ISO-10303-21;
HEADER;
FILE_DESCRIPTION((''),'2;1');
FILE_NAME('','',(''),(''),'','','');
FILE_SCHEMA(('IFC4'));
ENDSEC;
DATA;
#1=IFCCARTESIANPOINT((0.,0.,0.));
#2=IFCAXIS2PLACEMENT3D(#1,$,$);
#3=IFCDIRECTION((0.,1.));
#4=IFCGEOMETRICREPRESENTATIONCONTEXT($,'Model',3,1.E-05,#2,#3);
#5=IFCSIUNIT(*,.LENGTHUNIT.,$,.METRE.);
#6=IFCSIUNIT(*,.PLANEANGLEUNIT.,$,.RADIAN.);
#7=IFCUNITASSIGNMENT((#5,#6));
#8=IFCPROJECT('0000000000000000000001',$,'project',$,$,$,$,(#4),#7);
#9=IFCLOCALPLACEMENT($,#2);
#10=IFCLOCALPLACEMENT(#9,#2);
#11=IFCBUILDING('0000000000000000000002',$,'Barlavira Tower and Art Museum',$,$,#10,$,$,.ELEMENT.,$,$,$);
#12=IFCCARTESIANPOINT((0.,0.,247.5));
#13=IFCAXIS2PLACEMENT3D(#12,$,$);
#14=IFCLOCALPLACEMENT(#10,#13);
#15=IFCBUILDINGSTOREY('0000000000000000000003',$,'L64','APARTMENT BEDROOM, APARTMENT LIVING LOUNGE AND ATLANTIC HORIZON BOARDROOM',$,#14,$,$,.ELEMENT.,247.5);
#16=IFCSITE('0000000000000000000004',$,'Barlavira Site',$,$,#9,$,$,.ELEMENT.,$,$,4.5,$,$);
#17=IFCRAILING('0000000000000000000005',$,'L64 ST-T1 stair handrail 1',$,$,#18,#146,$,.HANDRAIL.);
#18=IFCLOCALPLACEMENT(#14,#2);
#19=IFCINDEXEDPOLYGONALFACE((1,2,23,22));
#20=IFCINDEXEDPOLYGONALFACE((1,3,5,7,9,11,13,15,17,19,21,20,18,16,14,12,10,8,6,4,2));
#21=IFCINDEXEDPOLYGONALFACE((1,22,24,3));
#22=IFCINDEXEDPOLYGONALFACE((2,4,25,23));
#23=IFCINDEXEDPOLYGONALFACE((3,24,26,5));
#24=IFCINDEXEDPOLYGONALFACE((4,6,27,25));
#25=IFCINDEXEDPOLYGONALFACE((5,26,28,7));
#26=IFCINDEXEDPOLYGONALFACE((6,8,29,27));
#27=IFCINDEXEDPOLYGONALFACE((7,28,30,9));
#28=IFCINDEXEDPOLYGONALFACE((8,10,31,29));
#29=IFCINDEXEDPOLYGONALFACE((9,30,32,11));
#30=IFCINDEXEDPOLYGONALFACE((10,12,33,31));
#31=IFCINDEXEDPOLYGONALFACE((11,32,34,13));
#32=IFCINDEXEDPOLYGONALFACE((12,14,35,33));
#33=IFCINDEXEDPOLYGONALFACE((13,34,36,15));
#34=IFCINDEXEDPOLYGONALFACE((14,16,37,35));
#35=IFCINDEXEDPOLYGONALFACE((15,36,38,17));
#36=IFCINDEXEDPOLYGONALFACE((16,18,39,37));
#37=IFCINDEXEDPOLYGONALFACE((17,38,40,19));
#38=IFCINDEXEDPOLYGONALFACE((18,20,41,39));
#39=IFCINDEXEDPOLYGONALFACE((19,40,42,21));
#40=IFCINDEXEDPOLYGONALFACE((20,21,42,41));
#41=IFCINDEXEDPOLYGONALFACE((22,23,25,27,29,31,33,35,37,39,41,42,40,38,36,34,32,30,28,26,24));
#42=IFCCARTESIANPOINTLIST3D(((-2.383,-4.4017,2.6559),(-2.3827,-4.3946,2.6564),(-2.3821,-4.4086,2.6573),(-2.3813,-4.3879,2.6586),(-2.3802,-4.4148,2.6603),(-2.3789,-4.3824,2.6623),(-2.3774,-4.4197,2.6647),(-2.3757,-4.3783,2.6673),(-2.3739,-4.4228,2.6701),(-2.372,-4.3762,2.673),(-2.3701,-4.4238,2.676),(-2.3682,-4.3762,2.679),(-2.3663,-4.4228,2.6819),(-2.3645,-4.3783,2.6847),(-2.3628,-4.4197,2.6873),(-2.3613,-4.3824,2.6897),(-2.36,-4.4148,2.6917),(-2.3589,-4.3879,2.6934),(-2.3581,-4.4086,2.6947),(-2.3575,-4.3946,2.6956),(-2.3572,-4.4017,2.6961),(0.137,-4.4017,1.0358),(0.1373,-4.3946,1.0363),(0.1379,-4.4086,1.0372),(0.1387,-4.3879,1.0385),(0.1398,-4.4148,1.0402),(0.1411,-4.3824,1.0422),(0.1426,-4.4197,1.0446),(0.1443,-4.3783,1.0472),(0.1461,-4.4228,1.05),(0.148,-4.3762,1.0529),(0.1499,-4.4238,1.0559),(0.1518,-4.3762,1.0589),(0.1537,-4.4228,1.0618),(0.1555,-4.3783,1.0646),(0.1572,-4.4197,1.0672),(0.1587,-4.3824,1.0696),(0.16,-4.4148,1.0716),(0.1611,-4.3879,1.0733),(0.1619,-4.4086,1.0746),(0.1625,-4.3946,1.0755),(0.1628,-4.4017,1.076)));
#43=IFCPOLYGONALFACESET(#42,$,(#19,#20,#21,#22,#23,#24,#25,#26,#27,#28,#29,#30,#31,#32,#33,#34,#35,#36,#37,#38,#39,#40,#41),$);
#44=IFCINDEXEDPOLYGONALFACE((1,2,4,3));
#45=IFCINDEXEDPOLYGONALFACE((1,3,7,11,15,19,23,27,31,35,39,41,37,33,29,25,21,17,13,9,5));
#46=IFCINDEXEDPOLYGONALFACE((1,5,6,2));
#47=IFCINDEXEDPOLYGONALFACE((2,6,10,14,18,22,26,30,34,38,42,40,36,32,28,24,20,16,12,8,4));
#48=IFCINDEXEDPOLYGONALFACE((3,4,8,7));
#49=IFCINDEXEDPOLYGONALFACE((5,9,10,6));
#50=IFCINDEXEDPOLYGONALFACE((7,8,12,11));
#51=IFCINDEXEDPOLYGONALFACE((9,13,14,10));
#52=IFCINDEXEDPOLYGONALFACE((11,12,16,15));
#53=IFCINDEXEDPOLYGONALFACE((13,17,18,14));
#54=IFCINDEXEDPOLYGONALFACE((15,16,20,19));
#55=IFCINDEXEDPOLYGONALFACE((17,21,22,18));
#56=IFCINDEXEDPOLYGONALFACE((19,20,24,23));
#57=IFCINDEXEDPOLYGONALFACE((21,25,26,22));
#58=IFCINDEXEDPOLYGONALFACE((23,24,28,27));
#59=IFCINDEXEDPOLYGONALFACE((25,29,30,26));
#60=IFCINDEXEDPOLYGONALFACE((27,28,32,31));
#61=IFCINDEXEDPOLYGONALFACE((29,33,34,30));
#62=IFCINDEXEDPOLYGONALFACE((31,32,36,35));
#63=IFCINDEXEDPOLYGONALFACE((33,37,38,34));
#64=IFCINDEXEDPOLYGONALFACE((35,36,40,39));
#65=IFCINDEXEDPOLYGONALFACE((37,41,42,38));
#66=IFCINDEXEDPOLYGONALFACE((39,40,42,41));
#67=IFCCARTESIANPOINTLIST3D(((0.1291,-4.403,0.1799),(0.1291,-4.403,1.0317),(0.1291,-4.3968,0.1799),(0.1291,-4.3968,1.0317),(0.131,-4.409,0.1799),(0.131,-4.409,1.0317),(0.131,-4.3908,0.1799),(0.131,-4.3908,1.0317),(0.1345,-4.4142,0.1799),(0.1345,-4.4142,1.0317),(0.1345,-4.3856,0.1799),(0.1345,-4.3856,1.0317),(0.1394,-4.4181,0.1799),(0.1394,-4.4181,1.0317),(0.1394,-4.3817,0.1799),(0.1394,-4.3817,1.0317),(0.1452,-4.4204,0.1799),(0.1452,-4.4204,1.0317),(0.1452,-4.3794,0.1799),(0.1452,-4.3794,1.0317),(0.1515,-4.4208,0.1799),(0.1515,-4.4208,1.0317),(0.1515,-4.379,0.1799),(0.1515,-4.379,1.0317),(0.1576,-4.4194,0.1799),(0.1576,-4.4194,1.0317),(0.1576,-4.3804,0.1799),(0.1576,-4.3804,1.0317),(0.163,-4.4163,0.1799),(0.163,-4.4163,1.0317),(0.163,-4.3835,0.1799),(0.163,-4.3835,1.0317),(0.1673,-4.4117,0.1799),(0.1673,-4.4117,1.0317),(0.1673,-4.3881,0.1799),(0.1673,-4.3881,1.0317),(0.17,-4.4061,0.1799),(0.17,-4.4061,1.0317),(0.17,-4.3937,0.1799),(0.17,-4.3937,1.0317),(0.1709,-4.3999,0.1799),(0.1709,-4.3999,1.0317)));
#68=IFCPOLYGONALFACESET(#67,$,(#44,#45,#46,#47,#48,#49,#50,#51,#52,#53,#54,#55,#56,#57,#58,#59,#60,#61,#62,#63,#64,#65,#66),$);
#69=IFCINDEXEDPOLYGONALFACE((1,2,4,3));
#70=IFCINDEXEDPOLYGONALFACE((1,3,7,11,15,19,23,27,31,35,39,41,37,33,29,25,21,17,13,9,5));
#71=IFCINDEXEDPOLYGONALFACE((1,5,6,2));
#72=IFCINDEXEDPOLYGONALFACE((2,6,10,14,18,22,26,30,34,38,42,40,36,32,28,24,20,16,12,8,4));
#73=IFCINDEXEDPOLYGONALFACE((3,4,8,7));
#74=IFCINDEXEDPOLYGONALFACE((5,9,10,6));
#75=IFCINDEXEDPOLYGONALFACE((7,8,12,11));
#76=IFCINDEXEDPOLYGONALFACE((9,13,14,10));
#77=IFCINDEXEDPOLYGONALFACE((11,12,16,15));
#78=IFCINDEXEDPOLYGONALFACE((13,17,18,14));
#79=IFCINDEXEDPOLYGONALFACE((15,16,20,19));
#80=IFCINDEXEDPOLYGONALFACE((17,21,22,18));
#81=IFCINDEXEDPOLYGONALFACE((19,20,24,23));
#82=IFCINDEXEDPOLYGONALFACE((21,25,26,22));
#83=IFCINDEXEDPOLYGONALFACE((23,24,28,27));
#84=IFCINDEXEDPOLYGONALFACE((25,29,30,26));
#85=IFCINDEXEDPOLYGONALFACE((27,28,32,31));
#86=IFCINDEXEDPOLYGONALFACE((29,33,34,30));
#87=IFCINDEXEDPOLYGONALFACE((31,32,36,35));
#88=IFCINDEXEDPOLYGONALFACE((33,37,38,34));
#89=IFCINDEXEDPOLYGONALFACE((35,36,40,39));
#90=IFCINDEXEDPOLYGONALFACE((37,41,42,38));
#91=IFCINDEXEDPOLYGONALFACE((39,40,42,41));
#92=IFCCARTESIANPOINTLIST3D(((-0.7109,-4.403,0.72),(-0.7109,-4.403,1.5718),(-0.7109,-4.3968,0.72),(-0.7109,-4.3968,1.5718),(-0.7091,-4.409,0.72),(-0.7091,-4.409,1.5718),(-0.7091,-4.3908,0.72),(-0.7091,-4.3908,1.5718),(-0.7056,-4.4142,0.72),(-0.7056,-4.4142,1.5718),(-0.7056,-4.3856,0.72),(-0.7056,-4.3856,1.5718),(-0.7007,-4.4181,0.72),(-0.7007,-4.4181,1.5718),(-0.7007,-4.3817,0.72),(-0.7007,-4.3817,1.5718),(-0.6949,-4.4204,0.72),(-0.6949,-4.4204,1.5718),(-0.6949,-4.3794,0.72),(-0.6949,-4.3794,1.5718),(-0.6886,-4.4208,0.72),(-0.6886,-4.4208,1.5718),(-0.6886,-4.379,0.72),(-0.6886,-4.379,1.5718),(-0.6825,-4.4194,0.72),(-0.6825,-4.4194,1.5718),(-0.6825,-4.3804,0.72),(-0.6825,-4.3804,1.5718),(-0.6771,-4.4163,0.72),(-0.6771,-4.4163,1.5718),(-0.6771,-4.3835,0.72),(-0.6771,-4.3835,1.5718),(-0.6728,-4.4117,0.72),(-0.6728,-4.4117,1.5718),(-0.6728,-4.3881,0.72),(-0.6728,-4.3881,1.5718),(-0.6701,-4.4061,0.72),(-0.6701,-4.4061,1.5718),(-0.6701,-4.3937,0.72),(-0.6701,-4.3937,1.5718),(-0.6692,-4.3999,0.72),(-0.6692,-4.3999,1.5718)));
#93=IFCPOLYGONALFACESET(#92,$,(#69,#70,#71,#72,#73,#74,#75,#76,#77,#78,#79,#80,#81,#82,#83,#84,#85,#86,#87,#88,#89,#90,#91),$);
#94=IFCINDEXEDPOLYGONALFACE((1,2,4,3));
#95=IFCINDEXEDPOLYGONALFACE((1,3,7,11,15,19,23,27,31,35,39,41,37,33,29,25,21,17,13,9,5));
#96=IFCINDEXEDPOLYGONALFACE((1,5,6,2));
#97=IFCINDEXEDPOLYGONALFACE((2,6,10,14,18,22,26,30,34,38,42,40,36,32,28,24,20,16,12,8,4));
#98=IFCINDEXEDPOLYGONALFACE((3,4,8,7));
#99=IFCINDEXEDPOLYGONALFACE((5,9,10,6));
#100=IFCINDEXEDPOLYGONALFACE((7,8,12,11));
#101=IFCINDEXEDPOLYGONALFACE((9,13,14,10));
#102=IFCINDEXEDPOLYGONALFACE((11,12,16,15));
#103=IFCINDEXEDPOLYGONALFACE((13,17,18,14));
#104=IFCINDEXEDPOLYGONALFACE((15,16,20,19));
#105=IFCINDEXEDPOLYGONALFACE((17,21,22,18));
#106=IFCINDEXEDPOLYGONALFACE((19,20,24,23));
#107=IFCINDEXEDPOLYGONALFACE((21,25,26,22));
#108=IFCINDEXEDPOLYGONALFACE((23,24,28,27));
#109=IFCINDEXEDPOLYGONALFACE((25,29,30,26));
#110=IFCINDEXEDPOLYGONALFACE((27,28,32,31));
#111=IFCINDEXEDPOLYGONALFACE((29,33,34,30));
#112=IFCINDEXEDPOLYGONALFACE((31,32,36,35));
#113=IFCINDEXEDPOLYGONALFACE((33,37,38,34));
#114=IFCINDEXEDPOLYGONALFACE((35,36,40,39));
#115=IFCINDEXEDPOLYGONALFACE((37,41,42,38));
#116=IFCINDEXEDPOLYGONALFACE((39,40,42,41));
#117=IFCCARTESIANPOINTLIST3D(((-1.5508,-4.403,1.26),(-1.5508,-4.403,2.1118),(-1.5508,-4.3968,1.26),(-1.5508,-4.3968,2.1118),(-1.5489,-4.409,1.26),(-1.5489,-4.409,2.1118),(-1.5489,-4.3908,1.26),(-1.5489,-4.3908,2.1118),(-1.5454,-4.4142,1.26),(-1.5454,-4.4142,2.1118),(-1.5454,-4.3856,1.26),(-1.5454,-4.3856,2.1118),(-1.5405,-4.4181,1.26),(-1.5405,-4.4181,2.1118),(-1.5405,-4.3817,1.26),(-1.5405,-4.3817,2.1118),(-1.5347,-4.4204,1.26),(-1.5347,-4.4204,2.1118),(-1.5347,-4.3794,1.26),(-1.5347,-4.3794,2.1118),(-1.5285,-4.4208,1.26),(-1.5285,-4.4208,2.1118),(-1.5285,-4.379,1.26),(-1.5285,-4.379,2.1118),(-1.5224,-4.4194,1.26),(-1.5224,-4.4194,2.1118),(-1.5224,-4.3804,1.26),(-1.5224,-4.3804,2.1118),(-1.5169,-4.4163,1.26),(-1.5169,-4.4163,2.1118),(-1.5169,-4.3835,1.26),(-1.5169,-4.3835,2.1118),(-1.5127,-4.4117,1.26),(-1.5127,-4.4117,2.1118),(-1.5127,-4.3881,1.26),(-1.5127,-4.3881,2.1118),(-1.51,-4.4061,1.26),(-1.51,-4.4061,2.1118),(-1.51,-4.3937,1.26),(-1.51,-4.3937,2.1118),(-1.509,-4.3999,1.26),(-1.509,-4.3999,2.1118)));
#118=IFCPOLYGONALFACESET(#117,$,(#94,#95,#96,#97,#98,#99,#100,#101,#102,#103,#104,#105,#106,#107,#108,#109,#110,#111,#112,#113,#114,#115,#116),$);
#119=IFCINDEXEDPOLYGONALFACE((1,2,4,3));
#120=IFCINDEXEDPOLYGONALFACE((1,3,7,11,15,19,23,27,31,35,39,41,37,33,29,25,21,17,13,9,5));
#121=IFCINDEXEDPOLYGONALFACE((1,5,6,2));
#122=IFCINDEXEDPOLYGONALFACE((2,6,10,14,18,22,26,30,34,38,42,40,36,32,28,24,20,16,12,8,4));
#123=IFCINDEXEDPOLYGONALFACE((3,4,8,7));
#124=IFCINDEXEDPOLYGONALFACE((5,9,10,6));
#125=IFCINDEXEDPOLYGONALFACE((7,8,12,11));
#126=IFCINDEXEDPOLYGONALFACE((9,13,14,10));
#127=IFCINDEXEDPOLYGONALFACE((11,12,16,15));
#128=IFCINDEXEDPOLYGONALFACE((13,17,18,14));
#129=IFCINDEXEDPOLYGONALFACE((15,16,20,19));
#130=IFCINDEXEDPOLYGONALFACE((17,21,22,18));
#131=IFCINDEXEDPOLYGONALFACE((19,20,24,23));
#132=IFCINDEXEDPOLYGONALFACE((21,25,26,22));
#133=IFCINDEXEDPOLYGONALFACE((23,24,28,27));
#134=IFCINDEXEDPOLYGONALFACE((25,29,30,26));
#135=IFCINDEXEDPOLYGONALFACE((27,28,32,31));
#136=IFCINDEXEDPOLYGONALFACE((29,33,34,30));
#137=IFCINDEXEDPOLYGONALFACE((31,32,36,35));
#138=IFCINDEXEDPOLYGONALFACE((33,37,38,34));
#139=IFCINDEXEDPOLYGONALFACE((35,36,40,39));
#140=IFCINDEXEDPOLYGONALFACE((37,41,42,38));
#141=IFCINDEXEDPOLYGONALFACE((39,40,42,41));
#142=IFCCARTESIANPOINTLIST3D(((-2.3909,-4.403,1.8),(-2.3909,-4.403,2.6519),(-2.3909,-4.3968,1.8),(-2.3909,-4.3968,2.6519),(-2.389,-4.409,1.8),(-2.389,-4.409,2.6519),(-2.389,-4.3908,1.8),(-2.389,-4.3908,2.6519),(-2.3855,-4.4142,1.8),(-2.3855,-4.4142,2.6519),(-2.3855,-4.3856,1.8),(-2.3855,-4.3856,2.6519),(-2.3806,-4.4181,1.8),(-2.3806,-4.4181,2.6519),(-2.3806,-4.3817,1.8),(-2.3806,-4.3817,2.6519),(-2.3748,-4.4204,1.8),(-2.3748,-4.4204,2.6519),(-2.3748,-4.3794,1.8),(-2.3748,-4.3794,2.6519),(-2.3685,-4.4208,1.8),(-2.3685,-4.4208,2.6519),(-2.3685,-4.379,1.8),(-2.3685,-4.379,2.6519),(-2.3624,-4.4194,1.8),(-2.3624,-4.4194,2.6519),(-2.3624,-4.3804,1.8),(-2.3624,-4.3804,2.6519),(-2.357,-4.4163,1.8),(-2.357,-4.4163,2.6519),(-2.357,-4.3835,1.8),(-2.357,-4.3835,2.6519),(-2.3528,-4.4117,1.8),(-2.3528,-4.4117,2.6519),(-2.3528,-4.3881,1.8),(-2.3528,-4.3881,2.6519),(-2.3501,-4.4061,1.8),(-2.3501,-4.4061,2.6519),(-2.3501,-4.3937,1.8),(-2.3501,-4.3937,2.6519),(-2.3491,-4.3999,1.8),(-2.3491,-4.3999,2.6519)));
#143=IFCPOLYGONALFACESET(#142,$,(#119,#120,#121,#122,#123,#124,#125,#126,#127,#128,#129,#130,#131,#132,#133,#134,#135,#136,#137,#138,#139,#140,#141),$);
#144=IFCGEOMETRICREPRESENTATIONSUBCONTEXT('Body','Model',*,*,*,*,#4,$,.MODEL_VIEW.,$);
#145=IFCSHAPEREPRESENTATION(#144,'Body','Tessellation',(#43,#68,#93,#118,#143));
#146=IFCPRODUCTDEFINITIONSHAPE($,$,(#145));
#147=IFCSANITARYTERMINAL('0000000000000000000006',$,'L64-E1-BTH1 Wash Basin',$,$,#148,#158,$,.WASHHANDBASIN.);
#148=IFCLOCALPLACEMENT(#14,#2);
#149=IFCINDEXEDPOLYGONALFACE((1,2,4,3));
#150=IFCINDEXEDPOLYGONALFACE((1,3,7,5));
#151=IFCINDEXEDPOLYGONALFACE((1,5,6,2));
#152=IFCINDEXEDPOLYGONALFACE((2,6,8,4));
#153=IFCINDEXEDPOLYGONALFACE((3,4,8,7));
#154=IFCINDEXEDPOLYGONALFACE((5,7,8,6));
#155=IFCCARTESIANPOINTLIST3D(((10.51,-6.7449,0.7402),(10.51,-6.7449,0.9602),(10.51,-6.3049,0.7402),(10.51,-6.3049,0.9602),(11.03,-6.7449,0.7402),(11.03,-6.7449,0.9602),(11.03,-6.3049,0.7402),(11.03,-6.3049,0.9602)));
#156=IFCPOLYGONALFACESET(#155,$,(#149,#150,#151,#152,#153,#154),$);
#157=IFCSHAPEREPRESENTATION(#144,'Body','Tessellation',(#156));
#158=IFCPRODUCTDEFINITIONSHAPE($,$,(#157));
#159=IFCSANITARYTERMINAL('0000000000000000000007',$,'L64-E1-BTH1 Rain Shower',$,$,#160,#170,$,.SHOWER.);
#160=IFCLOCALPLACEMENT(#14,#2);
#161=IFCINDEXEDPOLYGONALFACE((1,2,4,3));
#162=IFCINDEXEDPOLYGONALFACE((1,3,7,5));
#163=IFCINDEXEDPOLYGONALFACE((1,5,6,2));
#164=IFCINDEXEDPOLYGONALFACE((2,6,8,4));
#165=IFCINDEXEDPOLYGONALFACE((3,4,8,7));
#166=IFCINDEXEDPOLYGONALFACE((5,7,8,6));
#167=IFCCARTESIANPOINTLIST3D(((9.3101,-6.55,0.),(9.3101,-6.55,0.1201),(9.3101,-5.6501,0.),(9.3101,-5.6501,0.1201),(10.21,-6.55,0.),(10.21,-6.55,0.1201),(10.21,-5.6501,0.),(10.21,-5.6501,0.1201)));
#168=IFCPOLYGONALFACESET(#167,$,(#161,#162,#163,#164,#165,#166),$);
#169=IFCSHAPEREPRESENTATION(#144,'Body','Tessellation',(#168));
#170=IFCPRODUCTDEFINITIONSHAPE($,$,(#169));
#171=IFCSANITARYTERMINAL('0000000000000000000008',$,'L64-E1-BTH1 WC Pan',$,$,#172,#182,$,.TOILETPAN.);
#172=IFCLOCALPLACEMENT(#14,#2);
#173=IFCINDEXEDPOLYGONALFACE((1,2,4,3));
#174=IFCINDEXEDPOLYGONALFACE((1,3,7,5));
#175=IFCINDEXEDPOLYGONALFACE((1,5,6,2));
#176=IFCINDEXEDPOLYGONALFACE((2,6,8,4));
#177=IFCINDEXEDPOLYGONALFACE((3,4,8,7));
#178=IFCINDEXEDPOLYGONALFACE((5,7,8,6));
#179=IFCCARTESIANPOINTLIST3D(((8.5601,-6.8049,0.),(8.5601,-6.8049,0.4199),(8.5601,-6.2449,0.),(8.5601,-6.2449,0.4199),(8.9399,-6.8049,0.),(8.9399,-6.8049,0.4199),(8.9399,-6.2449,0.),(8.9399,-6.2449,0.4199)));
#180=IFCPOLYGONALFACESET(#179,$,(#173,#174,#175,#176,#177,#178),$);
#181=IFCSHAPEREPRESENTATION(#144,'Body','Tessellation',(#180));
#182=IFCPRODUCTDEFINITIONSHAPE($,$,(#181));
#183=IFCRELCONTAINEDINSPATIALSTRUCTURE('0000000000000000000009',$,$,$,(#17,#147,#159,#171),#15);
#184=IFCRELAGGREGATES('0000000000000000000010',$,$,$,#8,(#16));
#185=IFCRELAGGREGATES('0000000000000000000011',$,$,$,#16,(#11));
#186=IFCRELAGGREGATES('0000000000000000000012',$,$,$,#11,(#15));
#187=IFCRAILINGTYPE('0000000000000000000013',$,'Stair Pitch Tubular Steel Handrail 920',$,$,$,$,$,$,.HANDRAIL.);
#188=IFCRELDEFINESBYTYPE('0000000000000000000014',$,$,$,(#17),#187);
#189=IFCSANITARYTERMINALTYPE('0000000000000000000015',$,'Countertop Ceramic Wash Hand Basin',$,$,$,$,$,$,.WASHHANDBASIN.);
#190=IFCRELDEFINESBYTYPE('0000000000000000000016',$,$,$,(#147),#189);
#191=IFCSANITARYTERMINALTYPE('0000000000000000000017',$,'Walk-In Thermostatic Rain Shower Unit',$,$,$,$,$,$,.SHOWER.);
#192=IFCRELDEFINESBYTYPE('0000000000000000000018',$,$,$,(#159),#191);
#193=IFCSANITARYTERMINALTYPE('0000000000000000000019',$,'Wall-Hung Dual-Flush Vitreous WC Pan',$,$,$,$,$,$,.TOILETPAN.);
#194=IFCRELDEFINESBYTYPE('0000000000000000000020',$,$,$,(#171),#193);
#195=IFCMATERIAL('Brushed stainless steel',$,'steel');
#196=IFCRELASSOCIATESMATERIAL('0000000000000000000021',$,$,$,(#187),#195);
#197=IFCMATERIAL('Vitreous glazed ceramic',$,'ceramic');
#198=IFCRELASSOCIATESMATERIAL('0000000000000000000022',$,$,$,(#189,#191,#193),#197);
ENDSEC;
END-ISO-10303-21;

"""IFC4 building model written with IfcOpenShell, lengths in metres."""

from ifc_helpers import new_model, si_unit, direction, frame, origin, origin_2d, place, context, subcontext, project, spatial, rectangle, circle, extrude, material, type_object, element, save


model = new_model("IFC4")

# Units and contexts
model_context = context("Model", 3, precision=1e-05, world=origin(), true_north=direction((0.0, 1.0)))
body_context = subcontext(model_context, "Body", "Model", "MODEL_VIEW")
ifc_project = project(units=[si_unit("LENGTHUNIT", "METRE"), si_unit("PLANEANGLEUNIT", "RADIAN")], contexts=[model_context])

# Site, building, storey
site_placement = place(None, origin())
site = spatial("IfcSite", under=ifc_project, at=site_placement, Name="Barlavira Site", CompositionType="ELEMENT", RefElevation=4.5)
building_placement = place(site_placement, origin())
building = spatial("IfcBuilding", under=site, at=building_placement, Name="Barlavira Tower and Art Museum", CompositionType="ELEMENT")
storey_placement = place(building_placement, frame((0.0, 0.0, 247.5)))
storey = spatial("IfcBuildingStorey", under=building, at=storey_placement, Name="L64", Description="APARTMENT BEDROOM, APARTMENT LIVING LOUNGE AND ATLANTIC HORIZON BOARDROOM", CompositionType="ELEMENT", Elevation=247.5)

# Shared definitions
ifc_material_1 = material(Name="Brushed stainless steel", Category="steel")

# Railing
railing_type_1 = type_object("IfcRailingType", Name="Stair Pitch Tubular Steel Handrail 920", PredefinedType="HANDRAIL", material=ifc_material_1)
railing_1_placement = place(storey_placement, frame((0.1499, -4.3999, 0.1799)))
element("IfcRailing", 1, at=railing_1_placement, inside=storey, type_object=railing_type_1, Name="L64 ST-T1 stair handrail 1", PredefinedType="HANDRAIL", context=body_context, shape_type="SweptSolid", body=[
    extrude(circle(Radius=0.0239, at=origin_2d()), frame((0.0, 0.0, 0.876), z_axis=(-0.841163, 0.0, 0.540782), x_axis=(0.0, -1.0, 0.0)), (0.0, 0.0, 1.0), 2.9958),
    extrude(circle(Radius=0.021, at=origin_2d()), origin(), (0.0, 0.0, 1.0), 0.8518),
    extrude(circle(Radius=0.021, at=origin_2d()), frame((-0.8401, 0.0, 0.54)), (0.0, 0.0, 1.0), 0.8518),
    extrude(circle(Radius=0.021, at=origin_2d()), frame((-1.6799, 0.0, 1.0801)), (0.0, 0.0, 1.0), 0.8518),
    extrude(circle(Radius=0.021, at=origin_2d()), frame((-2.52, 0.0, 1.6201)), (0.0, 0.0, 1.0), 0.8518),
])

# Sanitary terminals
ifc_material_2 = material(Name="Vitreous glazed ceramic", Category="ceramic")
sanitary_terminal_type_1 = type_object("IfcSanitaryTerminalType", Name="Countertop Ceramic Wash Hand Basin", PredefinedType="WASHHANDBASIN", material=ifc_material_2)
sanitary_terminal_1_placement = place(storey_placement, frame((10.77, -6.5249, 0.7402), z_axis=(0.0, 0.0, 1.0), x_axis=(1.0, 0.0, 0.0)))
element("IfcSanitaryTerminal", 2, at=sanitary_terminal_1_placement, inside=storey, type_object=sanitary_terminal_type_1, Name="L64-E1-BTH1 Wash Basin", PredefinedType="WASHHANDBASIN", context=body_context, shape_type="SweptSolid", body=[
    extrude(rectangle(XDim=0.52, YDim=0.4399, at=origin_2d()), origin(), (0.0, 0.0, 1.0), 0.22),
])
sanitary_terminal_type_2 = type_object("IfcSanitaryTerminalType", Name="Walk-In Thermostatic Rain Shower Unit", PredefinedType="SHOWER", material=ifc_material_2)
sanitary_terminal_2_placement = place(storey_placement, frame((9.76, -6.1001, 0.0), z_axis=(0.0, 0.0, 1.0), x_axis=(1.0, 0.0, 0.0)))
element("IfcSanitaryTerminal", 3, at=sanitary_terminal_2_placement, inside=storey, type_object=sanitary_terminal_type_2, Name="L64-E1-BTH1 Rain Shower", PredefinedType="SHOWER", context=body_context, shape_type="SweptSolid", body=[
    extrude(rectangle(XDim=0.8999, YDim=0.8999, at=origin_2d()), origin(), (0.0, 0.0, 1.0), 0.1201),
])
sanitary_terminal_type_3 = type_object("IfcSanitaryTerminalType", Name="Wall-Hung Dual-Flush Vitreous WC Pan", PredefinedType="TOILETPAN", material=ifc_material_2)
sanitary_terminal_3_placement = place(storey_placement, frame((8.75, -6.5249, 0.0), z_axis=(0.0, 0.0, 1.0), x_axis=(1.0, 0.0, 0.0)))
element("IfcSanitaryTerminal", 4, at=sanitary_terminal_3_placement, inside=storey, type_object=sanitary_terminal_type_3, Name="L64-E1-BTH1 WC Pan", PredefinedType="TOILETPAN", context=body_context, shape_type="SweptSolid", body=[
    extrude(rectangle(XDim=0.3799, YDim=0.5601, at=origin_2d()), origin(), (0.0, 0.0, 1.0), 0.4199),
])

save(model, "model.ifc")
